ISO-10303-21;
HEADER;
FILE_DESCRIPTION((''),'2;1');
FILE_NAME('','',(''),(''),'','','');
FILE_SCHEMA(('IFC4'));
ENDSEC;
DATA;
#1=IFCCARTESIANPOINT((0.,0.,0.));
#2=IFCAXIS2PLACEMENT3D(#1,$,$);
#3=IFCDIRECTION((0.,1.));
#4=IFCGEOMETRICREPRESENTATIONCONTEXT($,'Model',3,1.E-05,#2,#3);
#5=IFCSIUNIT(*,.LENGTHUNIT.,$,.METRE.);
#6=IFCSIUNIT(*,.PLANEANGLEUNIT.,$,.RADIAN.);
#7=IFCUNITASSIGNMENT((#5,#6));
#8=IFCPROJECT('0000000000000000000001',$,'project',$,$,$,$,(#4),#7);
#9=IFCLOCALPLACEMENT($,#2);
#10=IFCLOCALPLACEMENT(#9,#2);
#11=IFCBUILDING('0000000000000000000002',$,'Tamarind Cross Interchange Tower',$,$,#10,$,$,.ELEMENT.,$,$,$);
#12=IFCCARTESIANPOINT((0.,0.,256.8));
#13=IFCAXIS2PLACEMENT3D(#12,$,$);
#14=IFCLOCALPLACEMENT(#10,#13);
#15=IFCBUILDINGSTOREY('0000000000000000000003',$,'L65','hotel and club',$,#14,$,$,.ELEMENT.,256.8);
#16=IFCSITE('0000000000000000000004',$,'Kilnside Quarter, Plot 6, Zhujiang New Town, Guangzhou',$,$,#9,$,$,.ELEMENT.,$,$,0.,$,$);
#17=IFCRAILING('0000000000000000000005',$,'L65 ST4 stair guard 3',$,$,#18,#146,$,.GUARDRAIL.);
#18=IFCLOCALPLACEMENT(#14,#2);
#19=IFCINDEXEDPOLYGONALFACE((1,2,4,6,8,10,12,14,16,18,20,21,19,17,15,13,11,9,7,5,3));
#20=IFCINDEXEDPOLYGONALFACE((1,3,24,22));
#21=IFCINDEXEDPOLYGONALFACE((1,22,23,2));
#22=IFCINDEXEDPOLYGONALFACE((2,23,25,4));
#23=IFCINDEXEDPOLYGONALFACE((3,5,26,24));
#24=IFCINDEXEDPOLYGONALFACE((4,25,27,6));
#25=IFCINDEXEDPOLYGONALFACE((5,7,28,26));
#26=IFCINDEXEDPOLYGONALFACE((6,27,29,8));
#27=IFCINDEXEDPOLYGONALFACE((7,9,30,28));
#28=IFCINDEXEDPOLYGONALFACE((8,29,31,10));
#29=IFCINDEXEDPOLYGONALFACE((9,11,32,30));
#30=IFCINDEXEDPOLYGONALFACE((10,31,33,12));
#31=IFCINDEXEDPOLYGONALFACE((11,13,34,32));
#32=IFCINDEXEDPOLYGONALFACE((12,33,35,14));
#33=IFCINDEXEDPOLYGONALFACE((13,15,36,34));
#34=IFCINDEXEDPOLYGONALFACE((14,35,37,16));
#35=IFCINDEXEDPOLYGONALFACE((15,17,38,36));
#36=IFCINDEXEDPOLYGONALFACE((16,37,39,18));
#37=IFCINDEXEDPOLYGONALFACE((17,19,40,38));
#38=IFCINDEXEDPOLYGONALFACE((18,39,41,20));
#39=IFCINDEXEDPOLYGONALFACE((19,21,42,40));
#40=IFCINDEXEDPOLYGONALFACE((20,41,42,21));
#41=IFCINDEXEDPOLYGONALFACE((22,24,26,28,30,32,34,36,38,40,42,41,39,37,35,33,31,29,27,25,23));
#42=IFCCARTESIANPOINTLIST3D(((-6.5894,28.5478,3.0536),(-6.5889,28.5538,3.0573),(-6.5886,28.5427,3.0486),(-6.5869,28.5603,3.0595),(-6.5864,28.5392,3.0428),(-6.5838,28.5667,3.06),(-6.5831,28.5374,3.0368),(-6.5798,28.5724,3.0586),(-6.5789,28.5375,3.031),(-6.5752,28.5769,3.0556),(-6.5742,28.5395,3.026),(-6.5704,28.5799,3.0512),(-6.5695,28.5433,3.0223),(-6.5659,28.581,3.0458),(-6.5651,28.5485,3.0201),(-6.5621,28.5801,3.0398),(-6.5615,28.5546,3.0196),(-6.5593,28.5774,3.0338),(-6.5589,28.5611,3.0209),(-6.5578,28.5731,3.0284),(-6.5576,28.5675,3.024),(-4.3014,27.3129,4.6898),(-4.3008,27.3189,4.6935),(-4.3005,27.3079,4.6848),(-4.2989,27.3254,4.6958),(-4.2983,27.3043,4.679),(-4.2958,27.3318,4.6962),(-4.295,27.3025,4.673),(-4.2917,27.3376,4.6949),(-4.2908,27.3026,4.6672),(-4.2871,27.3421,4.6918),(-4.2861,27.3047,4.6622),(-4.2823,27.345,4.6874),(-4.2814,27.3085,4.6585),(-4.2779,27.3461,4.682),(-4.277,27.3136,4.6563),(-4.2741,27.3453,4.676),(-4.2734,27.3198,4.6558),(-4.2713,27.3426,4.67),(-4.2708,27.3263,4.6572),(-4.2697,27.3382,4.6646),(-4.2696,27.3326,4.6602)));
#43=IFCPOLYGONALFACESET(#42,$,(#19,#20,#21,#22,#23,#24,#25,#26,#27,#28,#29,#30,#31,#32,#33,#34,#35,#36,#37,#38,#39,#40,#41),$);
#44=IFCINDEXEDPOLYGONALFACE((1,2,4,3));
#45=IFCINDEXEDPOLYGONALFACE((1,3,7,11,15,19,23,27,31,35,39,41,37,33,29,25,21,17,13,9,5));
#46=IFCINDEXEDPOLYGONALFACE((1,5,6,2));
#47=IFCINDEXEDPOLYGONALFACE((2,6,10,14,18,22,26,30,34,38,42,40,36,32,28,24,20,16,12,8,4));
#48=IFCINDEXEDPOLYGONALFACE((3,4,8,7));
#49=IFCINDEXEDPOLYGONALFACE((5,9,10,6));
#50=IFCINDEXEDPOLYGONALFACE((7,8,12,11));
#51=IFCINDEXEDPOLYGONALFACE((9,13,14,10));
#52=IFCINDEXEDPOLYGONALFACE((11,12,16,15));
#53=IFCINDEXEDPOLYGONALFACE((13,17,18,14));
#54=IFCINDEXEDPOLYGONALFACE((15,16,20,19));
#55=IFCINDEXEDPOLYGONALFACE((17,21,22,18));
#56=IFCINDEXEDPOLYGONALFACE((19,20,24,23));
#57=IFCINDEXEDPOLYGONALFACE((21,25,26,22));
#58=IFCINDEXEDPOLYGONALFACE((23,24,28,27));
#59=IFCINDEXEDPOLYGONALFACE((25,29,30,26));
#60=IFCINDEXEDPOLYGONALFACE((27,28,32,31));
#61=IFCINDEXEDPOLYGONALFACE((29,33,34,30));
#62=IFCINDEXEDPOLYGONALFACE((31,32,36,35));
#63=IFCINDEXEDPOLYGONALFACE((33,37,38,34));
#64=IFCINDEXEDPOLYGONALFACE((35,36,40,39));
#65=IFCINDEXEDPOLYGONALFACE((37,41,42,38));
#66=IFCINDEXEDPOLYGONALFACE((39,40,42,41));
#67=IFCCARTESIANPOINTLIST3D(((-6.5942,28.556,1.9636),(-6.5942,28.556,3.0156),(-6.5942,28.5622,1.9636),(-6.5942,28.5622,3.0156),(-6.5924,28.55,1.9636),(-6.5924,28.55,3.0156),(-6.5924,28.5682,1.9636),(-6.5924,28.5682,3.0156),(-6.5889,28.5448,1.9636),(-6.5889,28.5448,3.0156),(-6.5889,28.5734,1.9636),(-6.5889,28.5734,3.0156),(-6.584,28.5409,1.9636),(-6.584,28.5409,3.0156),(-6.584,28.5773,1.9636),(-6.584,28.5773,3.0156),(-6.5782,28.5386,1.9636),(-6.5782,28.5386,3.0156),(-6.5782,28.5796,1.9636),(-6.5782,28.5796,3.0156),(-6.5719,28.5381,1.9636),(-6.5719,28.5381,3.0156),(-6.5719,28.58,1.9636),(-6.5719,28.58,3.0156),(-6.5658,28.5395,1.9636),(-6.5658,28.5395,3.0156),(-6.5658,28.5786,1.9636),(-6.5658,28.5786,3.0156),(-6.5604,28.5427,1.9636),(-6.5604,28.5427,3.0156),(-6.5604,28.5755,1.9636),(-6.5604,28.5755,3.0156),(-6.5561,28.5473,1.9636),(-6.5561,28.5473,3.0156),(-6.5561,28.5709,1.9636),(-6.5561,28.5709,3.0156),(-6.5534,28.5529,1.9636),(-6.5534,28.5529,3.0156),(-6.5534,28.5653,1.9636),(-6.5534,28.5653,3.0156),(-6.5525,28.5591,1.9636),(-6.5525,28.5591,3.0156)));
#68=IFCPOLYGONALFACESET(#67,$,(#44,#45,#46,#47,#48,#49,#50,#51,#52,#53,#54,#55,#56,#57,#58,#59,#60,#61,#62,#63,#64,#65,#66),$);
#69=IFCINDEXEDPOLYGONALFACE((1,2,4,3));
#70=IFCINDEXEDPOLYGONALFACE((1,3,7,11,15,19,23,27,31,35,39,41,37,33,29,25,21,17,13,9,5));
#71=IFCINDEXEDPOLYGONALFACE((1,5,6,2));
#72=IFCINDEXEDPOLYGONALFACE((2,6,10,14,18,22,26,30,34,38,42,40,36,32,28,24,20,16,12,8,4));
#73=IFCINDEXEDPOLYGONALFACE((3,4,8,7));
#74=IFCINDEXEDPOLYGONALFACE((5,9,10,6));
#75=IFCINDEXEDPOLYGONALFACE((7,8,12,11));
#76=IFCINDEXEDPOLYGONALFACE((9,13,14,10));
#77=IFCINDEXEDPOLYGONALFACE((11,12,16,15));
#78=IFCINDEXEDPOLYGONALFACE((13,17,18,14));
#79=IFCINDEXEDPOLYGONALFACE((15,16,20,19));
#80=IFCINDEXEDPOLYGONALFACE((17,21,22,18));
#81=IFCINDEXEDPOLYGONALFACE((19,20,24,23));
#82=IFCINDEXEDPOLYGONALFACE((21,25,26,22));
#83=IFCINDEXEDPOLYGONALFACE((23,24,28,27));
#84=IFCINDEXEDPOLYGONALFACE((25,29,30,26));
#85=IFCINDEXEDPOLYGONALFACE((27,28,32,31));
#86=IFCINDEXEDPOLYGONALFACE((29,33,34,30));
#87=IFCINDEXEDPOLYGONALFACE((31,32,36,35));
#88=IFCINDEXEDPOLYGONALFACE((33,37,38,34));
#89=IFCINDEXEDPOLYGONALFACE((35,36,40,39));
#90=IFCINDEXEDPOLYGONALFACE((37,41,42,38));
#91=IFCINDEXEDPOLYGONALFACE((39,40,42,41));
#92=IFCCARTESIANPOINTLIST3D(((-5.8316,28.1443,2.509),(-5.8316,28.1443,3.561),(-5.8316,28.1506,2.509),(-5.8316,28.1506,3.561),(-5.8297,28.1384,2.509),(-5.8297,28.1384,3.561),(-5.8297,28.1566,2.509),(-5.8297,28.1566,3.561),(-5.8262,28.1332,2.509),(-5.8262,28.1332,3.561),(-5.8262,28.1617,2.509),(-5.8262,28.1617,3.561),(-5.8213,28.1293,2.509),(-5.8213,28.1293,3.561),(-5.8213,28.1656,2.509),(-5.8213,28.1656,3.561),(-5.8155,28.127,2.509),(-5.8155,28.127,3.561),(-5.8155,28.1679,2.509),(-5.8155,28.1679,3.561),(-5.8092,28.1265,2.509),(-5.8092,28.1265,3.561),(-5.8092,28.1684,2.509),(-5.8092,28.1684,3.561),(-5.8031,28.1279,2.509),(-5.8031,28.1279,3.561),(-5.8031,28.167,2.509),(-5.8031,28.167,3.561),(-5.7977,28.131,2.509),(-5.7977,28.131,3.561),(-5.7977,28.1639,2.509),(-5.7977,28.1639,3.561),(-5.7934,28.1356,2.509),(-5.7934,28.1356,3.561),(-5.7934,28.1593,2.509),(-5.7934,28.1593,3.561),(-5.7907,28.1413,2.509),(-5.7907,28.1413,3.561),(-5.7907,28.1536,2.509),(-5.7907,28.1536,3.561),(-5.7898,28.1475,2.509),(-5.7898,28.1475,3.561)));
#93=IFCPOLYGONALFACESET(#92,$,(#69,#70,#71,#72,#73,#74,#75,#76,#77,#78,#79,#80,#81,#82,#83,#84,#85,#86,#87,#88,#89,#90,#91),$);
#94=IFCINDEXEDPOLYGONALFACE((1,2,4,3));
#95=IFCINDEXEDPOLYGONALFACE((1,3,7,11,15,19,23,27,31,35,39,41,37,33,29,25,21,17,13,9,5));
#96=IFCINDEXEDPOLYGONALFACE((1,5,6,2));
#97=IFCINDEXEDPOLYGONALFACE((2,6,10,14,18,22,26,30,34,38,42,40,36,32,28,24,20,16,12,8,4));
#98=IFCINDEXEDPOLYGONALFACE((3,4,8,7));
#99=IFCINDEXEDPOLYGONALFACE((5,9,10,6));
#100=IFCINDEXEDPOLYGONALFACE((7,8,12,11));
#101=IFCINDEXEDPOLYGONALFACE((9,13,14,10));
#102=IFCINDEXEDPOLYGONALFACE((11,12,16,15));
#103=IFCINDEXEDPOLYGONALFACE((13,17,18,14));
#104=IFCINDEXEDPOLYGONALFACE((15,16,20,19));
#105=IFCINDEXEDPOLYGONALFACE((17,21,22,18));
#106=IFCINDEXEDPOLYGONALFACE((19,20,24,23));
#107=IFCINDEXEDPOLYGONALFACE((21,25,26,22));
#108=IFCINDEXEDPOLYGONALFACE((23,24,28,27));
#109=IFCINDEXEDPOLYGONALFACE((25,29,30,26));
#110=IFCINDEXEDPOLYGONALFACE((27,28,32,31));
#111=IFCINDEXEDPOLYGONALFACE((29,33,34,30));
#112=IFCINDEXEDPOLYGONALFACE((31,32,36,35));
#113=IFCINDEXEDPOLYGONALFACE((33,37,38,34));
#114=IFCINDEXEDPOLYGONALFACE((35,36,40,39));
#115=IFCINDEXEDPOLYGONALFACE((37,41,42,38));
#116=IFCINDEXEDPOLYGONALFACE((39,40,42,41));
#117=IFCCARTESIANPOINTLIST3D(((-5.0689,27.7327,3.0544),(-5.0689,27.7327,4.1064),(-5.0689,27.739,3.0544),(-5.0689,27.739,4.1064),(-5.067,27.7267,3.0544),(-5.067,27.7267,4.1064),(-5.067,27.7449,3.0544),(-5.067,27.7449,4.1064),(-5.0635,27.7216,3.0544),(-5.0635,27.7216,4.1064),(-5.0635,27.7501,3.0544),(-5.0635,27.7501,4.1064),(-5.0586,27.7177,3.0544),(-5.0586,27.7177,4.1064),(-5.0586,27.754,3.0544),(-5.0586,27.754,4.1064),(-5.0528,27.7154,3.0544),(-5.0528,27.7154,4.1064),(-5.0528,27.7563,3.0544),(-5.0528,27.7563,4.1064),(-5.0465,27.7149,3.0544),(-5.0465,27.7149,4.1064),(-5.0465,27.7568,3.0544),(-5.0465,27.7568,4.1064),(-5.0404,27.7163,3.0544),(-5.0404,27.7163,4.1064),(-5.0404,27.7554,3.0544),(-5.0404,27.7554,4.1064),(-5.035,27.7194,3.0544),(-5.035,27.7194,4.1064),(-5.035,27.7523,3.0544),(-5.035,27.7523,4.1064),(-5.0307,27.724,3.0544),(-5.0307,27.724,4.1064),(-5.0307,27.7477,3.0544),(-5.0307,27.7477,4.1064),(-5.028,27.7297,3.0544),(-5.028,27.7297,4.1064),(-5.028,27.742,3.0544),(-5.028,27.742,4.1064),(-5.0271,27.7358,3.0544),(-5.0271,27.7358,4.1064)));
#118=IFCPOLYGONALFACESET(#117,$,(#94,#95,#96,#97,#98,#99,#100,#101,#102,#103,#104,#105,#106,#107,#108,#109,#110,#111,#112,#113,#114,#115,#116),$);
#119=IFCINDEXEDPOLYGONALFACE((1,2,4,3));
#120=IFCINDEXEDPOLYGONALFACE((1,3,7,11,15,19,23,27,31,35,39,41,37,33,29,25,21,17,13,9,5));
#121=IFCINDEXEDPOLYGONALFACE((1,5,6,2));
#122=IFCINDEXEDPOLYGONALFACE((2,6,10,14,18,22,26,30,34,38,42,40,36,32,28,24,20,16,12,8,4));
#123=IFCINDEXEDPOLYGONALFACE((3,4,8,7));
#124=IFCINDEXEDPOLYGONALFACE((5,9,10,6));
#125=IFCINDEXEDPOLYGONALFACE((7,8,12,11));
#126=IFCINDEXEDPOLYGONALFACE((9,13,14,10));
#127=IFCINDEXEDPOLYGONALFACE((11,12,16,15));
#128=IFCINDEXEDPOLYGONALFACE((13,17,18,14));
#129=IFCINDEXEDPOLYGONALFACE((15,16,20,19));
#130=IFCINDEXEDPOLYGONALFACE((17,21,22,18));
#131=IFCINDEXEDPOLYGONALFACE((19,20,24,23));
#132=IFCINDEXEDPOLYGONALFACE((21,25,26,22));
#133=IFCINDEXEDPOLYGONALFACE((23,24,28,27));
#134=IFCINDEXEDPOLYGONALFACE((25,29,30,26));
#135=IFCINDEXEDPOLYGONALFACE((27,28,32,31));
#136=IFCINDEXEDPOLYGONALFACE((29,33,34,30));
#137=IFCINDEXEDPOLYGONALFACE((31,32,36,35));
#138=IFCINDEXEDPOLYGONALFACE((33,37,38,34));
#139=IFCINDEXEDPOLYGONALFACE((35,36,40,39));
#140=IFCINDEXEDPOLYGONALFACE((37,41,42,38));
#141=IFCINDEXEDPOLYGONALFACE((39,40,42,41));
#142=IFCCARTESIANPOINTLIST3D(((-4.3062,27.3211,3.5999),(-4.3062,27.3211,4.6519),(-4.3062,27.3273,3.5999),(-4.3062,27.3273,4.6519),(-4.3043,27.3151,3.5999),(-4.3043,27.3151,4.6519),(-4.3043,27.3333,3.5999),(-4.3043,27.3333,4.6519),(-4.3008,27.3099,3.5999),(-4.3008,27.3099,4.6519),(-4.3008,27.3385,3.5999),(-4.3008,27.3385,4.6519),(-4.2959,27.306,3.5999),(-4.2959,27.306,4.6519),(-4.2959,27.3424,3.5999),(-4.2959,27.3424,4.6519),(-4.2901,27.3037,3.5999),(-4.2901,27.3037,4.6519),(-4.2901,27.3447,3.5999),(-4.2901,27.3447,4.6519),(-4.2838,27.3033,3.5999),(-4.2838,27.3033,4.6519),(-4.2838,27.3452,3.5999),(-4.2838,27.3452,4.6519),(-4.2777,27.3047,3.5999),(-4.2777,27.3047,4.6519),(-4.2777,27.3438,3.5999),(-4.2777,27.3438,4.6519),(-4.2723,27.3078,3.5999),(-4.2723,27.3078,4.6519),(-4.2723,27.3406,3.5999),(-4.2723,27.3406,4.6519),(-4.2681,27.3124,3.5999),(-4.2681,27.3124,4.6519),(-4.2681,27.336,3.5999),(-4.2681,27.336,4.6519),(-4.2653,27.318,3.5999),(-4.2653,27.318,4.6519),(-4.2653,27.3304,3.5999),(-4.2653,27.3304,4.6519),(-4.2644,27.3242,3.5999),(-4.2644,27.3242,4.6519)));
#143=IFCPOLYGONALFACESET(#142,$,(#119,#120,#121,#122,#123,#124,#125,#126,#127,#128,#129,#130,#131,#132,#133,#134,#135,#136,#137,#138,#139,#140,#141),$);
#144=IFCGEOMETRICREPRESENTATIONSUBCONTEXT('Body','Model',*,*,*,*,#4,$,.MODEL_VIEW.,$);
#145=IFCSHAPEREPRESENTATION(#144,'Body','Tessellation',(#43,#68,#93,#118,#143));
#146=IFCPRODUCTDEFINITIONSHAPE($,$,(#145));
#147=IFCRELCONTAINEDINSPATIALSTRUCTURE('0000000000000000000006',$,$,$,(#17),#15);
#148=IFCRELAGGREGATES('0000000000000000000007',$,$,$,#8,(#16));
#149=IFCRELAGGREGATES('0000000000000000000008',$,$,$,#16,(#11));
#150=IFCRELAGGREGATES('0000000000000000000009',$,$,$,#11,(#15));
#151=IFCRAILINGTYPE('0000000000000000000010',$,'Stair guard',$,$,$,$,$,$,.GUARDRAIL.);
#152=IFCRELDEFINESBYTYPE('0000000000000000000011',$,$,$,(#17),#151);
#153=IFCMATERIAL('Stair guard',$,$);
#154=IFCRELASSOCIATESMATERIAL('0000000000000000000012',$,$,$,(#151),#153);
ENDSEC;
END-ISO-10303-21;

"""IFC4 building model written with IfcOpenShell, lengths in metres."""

from ifc_helpers import new_model, si_unit, direction, frame, origin, origin_2d, place, context, subcontext, project, spatial, circle, extrude, material, type_object, element, save


model = new_model("IFC4")

# Units and contexts
model_context = context("Model", 3, precision=1e-05, world=origin(), true_north=direction((0.0, 1.0)))
body_context = subcontext(model_context, "Body", "Model", "MODEL_VIEW")
ifc_project = project(units=[si_unit("LENGTHUNIT", "METRE"), si_unit("PLANEANGLEUNIT", "RADIAN")], contexts=[model_context])

# Site, building, storey
site_placement = place(None, origin())
site = spatial("IfcSite", under=ifc_project, at=site_placement, Name="Kilnside Quarter, Plot 6, Zhujiang New Town, Guangzhou", CompositionType="ELEMENT", RefElevation=0.0)
building_placement = place(site_placement, origin())
building = spatial("IfcBuilding", under=site, at=building_placement, Name="Tamarind Cross Interchange Tower", CompositionType="ELEMENT")
storey_placement = place(building_placement, frame((0.0, 0.0, 256.8)))
storey = spatial("IfcBuildingStorey", under=building, at=storey_placement, Name="L65", Description="hotel and club", CompositionType="ELEMENT", Elevation=256.8)

# Railing
ifc_material_1 = material(Name="Stair guard")
railing_type_1 = type_object("IfcRailingType", Name="Stair guard", PredefinedType="GUARDRAIL", material=ifc_material_1)
railing_1_placement = place(storey_placement, frame((-6.5735, 28.5591, 1.9636)))
element("IfcRailing", 1, at=railing_1_placement, inside=storey, type_object=railing_type_1, Name="L65 ST4 stair guard 3", PredefinedType="GUARDRAIL", context=body_context, shape_type="SweptSolid", body=[
    extrude(circle(Radius=0.0239, at=origin_2d()), frame((0.0, 0.0, 1.0762), z_axis=(0.744808, -0.401968, 0.532619), x_axis=(0.47494, 0.880018, 0.0)), (0.0, 0.0, 1.0), 3.072),
    extrude(circle(Radius=0.021, at=origin_2d()), origin(), (0.0, 0.0, 1.0), 1.052),
    extrude(circle(Radius=0.021, at=origin_2d()), frame((0.7627, -0.4116, 0.5454)), (0.0, 0.0, 1.0), 1.052),
    extrude(circle(Radius=0.021, at=origin_2d()), frame((1.5254, -0.8232, 1.0908)), (0.0, 0.0, 1.0), 1.052),
    extrude(circle(Radius=0.021, at=origin_2d()), frame((2.2881, -1.2349, 1.6362)), (0.0, 0.0, 1.0), 1.052),
])

save(model, "model.ifc")
